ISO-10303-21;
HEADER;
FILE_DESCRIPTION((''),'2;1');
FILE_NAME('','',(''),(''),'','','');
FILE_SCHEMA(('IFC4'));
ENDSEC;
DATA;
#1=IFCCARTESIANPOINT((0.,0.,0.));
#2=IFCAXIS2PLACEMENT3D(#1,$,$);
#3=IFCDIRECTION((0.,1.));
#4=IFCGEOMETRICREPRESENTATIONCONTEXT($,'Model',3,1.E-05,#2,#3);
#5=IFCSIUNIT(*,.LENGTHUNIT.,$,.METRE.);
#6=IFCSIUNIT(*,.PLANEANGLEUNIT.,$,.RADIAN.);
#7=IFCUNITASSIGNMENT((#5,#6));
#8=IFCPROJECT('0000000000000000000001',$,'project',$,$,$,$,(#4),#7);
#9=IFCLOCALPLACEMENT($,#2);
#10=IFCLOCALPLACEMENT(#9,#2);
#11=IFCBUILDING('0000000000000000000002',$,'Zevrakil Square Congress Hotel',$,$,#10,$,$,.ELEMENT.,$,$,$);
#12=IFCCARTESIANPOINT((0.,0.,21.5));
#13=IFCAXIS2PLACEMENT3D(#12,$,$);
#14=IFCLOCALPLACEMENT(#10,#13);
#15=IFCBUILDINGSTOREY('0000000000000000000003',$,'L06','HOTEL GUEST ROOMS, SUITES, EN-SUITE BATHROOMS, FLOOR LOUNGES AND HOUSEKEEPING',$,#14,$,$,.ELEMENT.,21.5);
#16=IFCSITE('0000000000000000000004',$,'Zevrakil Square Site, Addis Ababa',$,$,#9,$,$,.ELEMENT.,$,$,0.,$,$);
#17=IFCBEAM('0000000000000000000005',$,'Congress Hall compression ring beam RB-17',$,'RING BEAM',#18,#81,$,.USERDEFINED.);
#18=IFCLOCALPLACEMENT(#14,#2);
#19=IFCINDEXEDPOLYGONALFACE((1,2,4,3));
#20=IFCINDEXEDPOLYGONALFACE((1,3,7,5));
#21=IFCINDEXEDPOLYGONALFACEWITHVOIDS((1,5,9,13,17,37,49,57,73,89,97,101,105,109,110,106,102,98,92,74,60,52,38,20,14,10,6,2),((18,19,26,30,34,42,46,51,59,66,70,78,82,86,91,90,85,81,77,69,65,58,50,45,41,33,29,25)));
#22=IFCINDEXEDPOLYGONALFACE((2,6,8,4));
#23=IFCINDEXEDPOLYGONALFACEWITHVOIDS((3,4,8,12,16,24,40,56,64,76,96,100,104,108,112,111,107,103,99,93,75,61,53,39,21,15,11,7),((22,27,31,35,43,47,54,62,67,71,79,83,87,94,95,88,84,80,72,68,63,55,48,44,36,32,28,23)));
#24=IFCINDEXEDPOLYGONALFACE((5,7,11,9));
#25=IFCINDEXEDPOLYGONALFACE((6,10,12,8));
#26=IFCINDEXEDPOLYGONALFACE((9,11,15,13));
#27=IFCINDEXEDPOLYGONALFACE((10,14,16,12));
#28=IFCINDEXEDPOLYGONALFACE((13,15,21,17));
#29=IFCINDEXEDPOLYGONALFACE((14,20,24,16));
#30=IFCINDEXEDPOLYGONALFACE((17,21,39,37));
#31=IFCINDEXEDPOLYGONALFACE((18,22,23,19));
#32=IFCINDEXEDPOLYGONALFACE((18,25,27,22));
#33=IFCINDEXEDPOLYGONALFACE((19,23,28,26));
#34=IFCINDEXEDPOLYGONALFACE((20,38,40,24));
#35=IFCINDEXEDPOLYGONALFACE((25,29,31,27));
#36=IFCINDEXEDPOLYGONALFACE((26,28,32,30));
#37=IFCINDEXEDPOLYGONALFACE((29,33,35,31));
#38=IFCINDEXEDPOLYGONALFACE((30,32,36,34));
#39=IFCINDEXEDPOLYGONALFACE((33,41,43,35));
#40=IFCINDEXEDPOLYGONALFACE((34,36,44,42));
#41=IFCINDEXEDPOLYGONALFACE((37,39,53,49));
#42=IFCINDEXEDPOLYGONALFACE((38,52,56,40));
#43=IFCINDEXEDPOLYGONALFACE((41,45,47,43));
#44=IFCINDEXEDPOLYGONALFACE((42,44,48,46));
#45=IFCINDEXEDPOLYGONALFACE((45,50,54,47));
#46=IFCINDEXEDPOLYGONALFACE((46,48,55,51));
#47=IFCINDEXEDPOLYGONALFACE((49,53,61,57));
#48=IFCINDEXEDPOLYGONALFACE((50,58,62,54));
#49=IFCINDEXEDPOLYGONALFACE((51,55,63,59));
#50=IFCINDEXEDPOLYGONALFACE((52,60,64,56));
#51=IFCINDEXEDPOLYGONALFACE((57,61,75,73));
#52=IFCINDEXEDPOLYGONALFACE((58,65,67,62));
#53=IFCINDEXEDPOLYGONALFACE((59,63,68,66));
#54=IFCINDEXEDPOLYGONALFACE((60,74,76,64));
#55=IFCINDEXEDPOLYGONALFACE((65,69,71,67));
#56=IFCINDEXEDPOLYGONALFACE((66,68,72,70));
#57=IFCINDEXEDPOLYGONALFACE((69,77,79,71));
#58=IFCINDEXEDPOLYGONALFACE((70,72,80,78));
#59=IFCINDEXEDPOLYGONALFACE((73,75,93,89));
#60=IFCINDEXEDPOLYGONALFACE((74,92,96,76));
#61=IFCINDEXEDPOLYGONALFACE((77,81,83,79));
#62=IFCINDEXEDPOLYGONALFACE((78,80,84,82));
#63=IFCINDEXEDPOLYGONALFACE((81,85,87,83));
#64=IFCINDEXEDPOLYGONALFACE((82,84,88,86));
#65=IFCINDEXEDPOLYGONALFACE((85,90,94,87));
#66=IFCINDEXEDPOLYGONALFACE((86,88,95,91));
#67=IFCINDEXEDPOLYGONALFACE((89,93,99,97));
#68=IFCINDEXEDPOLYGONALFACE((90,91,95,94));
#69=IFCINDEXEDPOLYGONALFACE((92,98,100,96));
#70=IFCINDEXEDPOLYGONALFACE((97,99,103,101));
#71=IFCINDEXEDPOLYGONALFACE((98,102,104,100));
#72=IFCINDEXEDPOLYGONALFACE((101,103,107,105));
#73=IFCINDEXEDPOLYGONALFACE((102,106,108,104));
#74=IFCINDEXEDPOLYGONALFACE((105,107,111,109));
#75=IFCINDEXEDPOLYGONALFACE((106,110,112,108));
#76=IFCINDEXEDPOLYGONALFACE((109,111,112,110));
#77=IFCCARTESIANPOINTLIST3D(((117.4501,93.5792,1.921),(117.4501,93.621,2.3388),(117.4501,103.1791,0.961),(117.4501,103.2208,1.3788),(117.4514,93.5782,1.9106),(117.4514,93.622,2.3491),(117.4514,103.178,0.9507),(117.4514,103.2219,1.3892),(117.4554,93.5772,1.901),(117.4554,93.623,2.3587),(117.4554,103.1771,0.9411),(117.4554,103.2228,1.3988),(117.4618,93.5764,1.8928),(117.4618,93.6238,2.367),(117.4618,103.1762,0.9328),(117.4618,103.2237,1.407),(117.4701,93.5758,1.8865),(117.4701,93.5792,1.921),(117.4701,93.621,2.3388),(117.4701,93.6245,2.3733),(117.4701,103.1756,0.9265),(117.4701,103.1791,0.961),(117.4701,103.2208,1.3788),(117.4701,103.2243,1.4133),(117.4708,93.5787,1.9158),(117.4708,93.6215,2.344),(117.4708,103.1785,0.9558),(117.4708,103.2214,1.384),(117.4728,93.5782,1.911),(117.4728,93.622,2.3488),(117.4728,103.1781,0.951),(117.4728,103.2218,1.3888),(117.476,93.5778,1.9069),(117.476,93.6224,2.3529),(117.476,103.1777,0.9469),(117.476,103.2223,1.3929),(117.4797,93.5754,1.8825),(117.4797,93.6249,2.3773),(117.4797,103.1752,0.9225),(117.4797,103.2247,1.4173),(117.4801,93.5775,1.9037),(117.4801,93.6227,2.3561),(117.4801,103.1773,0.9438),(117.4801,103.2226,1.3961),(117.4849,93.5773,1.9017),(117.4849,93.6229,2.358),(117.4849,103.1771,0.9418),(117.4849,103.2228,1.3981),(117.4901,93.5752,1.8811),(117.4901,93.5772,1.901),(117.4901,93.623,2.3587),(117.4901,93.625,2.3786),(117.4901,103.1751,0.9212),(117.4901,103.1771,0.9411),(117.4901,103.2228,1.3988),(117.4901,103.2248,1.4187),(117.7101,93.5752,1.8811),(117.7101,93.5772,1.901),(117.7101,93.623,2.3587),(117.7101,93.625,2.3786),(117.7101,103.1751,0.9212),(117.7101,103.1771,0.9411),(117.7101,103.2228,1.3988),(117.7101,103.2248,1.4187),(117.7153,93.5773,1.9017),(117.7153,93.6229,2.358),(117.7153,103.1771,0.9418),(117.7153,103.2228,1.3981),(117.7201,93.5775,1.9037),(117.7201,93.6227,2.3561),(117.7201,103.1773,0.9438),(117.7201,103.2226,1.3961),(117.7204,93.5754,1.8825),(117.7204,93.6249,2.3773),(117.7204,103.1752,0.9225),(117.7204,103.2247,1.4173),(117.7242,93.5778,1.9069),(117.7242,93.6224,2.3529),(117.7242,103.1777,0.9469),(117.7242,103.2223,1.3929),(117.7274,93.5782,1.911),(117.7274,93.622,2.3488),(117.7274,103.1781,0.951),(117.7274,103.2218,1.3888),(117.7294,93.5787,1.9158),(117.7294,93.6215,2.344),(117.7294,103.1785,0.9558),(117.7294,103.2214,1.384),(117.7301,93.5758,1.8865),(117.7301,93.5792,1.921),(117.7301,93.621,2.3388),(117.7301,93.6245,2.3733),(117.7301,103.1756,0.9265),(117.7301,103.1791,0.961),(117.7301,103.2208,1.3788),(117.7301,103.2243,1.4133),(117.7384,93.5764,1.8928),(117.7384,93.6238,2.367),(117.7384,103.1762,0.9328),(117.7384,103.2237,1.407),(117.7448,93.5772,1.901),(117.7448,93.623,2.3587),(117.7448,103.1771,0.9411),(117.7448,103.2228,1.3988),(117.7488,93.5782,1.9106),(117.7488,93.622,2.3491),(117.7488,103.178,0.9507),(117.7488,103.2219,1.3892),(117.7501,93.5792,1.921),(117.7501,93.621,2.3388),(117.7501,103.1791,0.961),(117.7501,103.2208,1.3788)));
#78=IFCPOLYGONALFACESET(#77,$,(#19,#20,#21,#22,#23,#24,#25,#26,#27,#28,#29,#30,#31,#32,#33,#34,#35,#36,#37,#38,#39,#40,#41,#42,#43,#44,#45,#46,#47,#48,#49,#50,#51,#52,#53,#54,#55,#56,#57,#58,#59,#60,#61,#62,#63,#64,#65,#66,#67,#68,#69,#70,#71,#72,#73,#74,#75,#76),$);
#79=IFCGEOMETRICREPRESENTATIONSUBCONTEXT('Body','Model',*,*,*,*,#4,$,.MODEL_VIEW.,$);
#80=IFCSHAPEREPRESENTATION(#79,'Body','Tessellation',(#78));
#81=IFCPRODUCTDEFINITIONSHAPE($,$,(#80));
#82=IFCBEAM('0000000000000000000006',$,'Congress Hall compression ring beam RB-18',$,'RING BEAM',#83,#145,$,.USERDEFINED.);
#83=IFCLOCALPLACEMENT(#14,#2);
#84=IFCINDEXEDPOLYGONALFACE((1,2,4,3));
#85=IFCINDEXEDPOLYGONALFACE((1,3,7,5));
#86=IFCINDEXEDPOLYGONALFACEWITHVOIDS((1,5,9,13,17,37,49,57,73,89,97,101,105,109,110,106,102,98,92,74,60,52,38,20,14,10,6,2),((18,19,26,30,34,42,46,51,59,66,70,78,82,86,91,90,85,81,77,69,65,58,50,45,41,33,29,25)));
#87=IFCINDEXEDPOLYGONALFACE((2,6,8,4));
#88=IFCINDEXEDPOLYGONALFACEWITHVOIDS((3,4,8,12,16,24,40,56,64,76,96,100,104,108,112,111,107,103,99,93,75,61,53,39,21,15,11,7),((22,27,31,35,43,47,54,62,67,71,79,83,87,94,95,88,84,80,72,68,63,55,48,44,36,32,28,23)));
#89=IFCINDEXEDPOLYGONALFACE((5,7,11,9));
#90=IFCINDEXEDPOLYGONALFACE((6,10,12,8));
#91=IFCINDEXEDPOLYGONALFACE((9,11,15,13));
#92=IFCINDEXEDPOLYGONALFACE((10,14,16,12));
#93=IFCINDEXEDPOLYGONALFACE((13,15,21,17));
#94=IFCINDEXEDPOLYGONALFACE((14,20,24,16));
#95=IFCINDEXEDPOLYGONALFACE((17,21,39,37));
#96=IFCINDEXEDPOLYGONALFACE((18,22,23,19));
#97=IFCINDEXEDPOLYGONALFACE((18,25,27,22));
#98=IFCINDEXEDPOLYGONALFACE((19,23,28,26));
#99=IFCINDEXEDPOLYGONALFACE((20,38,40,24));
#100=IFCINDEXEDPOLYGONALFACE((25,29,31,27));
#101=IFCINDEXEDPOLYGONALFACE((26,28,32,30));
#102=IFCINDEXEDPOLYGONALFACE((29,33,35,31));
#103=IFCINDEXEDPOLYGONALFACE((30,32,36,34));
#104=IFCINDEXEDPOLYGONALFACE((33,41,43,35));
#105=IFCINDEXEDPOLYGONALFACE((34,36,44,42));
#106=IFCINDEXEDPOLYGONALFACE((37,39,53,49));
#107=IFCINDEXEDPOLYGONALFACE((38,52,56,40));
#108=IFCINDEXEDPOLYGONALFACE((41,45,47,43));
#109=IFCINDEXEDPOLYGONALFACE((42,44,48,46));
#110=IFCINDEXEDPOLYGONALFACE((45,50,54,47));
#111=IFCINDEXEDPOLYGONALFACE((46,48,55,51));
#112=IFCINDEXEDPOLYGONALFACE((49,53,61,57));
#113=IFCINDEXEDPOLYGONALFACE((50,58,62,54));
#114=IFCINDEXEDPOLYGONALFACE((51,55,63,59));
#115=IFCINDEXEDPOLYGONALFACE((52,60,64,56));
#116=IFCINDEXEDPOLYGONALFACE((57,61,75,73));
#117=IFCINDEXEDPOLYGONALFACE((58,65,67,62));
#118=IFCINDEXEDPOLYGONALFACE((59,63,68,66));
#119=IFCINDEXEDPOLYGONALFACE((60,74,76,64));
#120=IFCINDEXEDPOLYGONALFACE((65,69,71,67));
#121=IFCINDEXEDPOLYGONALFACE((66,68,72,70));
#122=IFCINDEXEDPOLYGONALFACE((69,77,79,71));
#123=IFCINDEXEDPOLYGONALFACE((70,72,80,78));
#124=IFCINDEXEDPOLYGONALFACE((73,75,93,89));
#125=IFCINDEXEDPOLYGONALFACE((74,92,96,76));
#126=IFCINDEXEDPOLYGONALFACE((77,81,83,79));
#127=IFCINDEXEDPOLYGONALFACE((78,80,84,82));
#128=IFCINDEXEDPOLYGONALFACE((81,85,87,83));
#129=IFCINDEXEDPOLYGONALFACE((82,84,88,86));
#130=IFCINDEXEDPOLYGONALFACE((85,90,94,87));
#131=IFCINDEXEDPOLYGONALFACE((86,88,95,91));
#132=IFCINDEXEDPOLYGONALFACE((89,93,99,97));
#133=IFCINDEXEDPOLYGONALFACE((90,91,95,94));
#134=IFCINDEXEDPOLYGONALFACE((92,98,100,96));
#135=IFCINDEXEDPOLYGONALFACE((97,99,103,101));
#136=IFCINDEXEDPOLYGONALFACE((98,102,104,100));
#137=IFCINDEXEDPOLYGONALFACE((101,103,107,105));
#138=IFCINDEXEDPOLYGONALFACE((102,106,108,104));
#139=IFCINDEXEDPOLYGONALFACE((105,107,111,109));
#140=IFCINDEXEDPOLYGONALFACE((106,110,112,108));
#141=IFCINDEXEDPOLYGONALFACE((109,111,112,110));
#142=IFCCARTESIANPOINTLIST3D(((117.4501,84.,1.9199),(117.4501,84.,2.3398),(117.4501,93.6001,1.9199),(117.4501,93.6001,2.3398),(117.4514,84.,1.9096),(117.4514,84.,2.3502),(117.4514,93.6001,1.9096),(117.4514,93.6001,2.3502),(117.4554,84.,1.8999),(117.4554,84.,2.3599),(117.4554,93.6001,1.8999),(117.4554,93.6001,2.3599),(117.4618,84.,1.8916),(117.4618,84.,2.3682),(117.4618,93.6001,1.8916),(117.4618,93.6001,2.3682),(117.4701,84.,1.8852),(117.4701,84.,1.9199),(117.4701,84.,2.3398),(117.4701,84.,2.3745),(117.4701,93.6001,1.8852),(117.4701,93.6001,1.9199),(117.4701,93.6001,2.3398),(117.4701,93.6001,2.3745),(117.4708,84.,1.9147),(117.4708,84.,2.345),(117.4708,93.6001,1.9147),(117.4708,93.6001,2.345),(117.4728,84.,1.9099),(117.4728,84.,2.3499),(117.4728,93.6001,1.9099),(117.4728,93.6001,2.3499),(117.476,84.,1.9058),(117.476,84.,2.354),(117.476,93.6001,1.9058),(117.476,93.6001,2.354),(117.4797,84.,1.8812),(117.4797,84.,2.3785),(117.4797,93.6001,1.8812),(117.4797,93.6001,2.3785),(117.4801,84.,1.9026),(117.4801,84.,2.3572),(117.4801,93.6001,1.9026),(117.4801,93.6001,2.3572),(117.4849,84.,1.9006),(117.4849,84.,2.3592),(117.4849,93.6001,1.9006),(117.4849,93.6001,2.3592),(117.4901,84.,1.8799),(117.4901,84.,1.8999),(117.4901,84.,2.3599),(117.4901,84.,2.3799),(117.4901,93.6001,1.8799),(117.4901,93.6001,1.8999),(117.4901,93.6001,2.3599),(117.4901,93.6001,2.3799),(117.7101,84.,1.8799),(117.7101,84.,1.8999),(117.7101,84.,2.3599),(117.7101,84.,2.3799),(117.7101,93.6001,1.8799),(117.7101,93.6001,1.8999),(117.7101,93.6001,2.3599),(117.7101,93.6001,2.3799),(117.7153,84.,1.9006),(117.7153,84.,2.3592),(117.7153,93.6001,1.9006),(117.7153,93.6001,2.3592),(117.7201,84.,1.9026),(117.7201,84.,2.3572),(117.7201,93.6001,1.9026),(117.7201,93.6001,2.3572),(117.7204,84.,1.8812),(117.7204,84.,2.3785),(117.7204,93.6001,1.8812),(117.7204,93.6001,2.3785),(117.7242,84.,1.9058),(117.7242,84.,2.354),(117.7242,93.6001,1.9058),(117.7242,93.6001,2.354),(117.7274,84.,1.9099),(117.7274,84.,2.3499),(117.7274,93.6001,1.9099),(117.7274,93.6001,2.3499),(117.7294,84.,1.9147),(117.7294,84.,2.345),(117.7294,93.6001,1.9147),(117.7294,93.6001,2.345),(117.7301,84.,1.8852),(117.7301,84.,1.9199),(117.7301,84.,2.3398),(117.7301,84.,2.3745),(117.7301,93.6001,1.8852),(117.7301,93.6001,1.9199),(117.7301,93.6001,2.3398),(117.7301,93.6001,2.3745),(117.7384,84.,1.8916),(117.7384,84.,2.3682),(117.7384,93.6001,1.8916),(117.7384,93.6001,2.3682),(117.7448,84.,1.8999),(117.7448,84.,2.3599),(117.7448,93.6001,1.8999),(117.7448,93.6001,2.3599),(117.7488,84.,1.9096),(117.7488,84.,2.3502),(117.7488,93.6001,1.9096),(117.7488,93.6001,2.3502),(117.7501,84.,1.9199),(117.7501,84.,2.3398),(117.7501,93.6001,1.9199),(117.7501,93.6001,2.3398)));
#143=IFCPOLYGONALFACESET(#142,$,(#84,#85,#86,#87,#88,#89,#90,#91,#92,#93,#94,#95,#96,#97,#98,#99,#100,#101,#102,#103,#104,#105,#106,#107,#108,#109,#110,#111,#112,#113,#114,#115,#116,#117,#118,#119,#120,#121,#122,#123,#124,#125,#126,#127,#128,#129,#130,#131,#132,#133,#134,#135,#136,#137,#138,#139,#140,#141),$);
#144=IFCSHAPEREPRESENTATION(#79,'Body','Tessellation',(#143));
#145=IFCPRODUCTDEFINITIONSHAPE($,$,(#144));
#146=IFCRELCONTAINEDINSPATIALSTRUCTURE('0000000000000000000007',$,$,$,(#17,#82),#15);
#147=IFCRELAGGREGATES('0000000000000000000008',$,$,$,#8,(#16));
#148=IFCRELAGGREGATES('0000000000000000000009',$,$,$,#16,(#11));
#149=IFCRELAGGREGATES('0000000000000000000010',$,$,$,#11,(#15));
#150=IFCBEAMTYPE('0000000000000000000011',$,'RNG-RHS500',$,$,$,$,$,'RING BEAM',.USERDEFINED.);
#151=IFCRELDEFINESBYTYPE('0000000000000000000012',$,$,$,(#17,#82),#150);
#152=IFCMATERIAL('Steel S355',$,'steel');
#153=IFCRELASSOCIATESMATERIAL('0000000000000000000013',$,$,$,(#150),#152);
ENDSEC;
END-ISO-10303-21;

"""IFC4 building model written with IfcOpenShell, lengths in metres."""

from ifc_helpers import new_model, si_unit, direction, frame, origin, origin_2d, place, context, subcontext, project, spatial, hollow_rectangle, extrude, material, material_profile, profile_set, type_object, element, save


model = new_model("IFC4")

# Units and contexts
model_context = context("Model", 3, precision=1e-05, world=origin(), true_north=direction((0.0, 1.0)))
body_context = subcontext(model_context, "Body", "Model", "MODEL_VIEW")
ifc_project = project(units=[si_unit("LENGTHUNIT", "METRE"), si_unit("PLANEANGLEUNIT", "RADIAN")], contexts=[model_context])

# Site, building, storey
site_placement = place(None, origin())
site = spatial("IfcSite", under=ifc_project, at=site_placement, Name="Zevrakil Square Site, Addis Ababa", CompositionType="ELEMENT", RefElevation=0.0)
building_placement = place(site_placement, origin())
building = spatial("IfcBuilding", under=site, at=building_placement, Name="Zevrakil Square Congress Hotel", CompositionType="ELEMENT")
storey_placement = place(building_placement, frame((0.0, 0.0, 21.5)))
storey = spatial("IfcBuildingStorey", under=building, at=storey_placement, Name="L06", Description="HOTEL GUEST ROOMS, SUITES, EN-SUITE BATHROOMS, FLOOR LOUNGES AND HOUSEKEEPING", CompositionType="ELEMENT", Elevation=21.5)

# Beams
ifc_material_1 = material(Name="Steel S355", Category="steel")
ifc_material_profile_1 = material_profile(ifc_material_1, hollow_rectangle(XDim=0.3, YDim=0.5, WallThickness=0.02, InnerFilletRadius=0.02, OuterFilletRadius=0.04, at=origin_2d()), Name="RHS 500x300x20")
ifc_profile_set_1 = profile_set([ifc_material_profile_1], Name="Steel S355")
beam_type = type_object("IfcBeamType", Name="RNG-RHS500", ElementType="RING BEAM", PredefinedType="USERDEFINED", material=ifc_profile_set_1)
beam_1_placement = place(storey_placement, frame((117.6001, 103.2, 1.1699), z_axis=(0.0, -0.995037, 0.099501), x_axis=(1.0, 0.0, 0.0)))
element("IfcBeam", 1, at=beam_1_placement, inside=storey, type_object=beam_type, Name="Congress Hall compression ring beam RB-17", ObjectType="RING BEAM", PredefinedType="USERDEFINED", context=body_context, shape_type="SweptSolid", body=[
    extrude(hollow_rectangle(XDim=0.3, YDim=0.5, WallThickness=0.02, InnerFilletRadius=0.02, OuterFilletRadius=0.04, at=origin_2d()), origin(), (0.0, 0.0, 1.0), 9.6477),
])
beam_2_placement = place(storey_placement, frame((117.6001, 93.6001, 2.1299), z_axis=(0.0, -1.0, 0.0), x_axis=(1.0, 0.0, 0.0)))
element("IfcBeam", 2, at=beam_2_placement, inside=storey, type_object=beam_type, Name="Congress Hall compression ring beam RB-18", ObjectType="RING BEAM", PredefinedType="USERDEFINED", context=body_context, shape_type="SweptSolid", body=[
    extrude(hollow_rectangle(XDim=0.3, YDim=0.5, WallThickness=0.02, InnerFilletRadius=0.02, OuterFilletRadius=0.04, at=origin_2d()), origin(), (0.0, 0.0, 1.0), 9.6001),
])

save(model, "model.ifc")
